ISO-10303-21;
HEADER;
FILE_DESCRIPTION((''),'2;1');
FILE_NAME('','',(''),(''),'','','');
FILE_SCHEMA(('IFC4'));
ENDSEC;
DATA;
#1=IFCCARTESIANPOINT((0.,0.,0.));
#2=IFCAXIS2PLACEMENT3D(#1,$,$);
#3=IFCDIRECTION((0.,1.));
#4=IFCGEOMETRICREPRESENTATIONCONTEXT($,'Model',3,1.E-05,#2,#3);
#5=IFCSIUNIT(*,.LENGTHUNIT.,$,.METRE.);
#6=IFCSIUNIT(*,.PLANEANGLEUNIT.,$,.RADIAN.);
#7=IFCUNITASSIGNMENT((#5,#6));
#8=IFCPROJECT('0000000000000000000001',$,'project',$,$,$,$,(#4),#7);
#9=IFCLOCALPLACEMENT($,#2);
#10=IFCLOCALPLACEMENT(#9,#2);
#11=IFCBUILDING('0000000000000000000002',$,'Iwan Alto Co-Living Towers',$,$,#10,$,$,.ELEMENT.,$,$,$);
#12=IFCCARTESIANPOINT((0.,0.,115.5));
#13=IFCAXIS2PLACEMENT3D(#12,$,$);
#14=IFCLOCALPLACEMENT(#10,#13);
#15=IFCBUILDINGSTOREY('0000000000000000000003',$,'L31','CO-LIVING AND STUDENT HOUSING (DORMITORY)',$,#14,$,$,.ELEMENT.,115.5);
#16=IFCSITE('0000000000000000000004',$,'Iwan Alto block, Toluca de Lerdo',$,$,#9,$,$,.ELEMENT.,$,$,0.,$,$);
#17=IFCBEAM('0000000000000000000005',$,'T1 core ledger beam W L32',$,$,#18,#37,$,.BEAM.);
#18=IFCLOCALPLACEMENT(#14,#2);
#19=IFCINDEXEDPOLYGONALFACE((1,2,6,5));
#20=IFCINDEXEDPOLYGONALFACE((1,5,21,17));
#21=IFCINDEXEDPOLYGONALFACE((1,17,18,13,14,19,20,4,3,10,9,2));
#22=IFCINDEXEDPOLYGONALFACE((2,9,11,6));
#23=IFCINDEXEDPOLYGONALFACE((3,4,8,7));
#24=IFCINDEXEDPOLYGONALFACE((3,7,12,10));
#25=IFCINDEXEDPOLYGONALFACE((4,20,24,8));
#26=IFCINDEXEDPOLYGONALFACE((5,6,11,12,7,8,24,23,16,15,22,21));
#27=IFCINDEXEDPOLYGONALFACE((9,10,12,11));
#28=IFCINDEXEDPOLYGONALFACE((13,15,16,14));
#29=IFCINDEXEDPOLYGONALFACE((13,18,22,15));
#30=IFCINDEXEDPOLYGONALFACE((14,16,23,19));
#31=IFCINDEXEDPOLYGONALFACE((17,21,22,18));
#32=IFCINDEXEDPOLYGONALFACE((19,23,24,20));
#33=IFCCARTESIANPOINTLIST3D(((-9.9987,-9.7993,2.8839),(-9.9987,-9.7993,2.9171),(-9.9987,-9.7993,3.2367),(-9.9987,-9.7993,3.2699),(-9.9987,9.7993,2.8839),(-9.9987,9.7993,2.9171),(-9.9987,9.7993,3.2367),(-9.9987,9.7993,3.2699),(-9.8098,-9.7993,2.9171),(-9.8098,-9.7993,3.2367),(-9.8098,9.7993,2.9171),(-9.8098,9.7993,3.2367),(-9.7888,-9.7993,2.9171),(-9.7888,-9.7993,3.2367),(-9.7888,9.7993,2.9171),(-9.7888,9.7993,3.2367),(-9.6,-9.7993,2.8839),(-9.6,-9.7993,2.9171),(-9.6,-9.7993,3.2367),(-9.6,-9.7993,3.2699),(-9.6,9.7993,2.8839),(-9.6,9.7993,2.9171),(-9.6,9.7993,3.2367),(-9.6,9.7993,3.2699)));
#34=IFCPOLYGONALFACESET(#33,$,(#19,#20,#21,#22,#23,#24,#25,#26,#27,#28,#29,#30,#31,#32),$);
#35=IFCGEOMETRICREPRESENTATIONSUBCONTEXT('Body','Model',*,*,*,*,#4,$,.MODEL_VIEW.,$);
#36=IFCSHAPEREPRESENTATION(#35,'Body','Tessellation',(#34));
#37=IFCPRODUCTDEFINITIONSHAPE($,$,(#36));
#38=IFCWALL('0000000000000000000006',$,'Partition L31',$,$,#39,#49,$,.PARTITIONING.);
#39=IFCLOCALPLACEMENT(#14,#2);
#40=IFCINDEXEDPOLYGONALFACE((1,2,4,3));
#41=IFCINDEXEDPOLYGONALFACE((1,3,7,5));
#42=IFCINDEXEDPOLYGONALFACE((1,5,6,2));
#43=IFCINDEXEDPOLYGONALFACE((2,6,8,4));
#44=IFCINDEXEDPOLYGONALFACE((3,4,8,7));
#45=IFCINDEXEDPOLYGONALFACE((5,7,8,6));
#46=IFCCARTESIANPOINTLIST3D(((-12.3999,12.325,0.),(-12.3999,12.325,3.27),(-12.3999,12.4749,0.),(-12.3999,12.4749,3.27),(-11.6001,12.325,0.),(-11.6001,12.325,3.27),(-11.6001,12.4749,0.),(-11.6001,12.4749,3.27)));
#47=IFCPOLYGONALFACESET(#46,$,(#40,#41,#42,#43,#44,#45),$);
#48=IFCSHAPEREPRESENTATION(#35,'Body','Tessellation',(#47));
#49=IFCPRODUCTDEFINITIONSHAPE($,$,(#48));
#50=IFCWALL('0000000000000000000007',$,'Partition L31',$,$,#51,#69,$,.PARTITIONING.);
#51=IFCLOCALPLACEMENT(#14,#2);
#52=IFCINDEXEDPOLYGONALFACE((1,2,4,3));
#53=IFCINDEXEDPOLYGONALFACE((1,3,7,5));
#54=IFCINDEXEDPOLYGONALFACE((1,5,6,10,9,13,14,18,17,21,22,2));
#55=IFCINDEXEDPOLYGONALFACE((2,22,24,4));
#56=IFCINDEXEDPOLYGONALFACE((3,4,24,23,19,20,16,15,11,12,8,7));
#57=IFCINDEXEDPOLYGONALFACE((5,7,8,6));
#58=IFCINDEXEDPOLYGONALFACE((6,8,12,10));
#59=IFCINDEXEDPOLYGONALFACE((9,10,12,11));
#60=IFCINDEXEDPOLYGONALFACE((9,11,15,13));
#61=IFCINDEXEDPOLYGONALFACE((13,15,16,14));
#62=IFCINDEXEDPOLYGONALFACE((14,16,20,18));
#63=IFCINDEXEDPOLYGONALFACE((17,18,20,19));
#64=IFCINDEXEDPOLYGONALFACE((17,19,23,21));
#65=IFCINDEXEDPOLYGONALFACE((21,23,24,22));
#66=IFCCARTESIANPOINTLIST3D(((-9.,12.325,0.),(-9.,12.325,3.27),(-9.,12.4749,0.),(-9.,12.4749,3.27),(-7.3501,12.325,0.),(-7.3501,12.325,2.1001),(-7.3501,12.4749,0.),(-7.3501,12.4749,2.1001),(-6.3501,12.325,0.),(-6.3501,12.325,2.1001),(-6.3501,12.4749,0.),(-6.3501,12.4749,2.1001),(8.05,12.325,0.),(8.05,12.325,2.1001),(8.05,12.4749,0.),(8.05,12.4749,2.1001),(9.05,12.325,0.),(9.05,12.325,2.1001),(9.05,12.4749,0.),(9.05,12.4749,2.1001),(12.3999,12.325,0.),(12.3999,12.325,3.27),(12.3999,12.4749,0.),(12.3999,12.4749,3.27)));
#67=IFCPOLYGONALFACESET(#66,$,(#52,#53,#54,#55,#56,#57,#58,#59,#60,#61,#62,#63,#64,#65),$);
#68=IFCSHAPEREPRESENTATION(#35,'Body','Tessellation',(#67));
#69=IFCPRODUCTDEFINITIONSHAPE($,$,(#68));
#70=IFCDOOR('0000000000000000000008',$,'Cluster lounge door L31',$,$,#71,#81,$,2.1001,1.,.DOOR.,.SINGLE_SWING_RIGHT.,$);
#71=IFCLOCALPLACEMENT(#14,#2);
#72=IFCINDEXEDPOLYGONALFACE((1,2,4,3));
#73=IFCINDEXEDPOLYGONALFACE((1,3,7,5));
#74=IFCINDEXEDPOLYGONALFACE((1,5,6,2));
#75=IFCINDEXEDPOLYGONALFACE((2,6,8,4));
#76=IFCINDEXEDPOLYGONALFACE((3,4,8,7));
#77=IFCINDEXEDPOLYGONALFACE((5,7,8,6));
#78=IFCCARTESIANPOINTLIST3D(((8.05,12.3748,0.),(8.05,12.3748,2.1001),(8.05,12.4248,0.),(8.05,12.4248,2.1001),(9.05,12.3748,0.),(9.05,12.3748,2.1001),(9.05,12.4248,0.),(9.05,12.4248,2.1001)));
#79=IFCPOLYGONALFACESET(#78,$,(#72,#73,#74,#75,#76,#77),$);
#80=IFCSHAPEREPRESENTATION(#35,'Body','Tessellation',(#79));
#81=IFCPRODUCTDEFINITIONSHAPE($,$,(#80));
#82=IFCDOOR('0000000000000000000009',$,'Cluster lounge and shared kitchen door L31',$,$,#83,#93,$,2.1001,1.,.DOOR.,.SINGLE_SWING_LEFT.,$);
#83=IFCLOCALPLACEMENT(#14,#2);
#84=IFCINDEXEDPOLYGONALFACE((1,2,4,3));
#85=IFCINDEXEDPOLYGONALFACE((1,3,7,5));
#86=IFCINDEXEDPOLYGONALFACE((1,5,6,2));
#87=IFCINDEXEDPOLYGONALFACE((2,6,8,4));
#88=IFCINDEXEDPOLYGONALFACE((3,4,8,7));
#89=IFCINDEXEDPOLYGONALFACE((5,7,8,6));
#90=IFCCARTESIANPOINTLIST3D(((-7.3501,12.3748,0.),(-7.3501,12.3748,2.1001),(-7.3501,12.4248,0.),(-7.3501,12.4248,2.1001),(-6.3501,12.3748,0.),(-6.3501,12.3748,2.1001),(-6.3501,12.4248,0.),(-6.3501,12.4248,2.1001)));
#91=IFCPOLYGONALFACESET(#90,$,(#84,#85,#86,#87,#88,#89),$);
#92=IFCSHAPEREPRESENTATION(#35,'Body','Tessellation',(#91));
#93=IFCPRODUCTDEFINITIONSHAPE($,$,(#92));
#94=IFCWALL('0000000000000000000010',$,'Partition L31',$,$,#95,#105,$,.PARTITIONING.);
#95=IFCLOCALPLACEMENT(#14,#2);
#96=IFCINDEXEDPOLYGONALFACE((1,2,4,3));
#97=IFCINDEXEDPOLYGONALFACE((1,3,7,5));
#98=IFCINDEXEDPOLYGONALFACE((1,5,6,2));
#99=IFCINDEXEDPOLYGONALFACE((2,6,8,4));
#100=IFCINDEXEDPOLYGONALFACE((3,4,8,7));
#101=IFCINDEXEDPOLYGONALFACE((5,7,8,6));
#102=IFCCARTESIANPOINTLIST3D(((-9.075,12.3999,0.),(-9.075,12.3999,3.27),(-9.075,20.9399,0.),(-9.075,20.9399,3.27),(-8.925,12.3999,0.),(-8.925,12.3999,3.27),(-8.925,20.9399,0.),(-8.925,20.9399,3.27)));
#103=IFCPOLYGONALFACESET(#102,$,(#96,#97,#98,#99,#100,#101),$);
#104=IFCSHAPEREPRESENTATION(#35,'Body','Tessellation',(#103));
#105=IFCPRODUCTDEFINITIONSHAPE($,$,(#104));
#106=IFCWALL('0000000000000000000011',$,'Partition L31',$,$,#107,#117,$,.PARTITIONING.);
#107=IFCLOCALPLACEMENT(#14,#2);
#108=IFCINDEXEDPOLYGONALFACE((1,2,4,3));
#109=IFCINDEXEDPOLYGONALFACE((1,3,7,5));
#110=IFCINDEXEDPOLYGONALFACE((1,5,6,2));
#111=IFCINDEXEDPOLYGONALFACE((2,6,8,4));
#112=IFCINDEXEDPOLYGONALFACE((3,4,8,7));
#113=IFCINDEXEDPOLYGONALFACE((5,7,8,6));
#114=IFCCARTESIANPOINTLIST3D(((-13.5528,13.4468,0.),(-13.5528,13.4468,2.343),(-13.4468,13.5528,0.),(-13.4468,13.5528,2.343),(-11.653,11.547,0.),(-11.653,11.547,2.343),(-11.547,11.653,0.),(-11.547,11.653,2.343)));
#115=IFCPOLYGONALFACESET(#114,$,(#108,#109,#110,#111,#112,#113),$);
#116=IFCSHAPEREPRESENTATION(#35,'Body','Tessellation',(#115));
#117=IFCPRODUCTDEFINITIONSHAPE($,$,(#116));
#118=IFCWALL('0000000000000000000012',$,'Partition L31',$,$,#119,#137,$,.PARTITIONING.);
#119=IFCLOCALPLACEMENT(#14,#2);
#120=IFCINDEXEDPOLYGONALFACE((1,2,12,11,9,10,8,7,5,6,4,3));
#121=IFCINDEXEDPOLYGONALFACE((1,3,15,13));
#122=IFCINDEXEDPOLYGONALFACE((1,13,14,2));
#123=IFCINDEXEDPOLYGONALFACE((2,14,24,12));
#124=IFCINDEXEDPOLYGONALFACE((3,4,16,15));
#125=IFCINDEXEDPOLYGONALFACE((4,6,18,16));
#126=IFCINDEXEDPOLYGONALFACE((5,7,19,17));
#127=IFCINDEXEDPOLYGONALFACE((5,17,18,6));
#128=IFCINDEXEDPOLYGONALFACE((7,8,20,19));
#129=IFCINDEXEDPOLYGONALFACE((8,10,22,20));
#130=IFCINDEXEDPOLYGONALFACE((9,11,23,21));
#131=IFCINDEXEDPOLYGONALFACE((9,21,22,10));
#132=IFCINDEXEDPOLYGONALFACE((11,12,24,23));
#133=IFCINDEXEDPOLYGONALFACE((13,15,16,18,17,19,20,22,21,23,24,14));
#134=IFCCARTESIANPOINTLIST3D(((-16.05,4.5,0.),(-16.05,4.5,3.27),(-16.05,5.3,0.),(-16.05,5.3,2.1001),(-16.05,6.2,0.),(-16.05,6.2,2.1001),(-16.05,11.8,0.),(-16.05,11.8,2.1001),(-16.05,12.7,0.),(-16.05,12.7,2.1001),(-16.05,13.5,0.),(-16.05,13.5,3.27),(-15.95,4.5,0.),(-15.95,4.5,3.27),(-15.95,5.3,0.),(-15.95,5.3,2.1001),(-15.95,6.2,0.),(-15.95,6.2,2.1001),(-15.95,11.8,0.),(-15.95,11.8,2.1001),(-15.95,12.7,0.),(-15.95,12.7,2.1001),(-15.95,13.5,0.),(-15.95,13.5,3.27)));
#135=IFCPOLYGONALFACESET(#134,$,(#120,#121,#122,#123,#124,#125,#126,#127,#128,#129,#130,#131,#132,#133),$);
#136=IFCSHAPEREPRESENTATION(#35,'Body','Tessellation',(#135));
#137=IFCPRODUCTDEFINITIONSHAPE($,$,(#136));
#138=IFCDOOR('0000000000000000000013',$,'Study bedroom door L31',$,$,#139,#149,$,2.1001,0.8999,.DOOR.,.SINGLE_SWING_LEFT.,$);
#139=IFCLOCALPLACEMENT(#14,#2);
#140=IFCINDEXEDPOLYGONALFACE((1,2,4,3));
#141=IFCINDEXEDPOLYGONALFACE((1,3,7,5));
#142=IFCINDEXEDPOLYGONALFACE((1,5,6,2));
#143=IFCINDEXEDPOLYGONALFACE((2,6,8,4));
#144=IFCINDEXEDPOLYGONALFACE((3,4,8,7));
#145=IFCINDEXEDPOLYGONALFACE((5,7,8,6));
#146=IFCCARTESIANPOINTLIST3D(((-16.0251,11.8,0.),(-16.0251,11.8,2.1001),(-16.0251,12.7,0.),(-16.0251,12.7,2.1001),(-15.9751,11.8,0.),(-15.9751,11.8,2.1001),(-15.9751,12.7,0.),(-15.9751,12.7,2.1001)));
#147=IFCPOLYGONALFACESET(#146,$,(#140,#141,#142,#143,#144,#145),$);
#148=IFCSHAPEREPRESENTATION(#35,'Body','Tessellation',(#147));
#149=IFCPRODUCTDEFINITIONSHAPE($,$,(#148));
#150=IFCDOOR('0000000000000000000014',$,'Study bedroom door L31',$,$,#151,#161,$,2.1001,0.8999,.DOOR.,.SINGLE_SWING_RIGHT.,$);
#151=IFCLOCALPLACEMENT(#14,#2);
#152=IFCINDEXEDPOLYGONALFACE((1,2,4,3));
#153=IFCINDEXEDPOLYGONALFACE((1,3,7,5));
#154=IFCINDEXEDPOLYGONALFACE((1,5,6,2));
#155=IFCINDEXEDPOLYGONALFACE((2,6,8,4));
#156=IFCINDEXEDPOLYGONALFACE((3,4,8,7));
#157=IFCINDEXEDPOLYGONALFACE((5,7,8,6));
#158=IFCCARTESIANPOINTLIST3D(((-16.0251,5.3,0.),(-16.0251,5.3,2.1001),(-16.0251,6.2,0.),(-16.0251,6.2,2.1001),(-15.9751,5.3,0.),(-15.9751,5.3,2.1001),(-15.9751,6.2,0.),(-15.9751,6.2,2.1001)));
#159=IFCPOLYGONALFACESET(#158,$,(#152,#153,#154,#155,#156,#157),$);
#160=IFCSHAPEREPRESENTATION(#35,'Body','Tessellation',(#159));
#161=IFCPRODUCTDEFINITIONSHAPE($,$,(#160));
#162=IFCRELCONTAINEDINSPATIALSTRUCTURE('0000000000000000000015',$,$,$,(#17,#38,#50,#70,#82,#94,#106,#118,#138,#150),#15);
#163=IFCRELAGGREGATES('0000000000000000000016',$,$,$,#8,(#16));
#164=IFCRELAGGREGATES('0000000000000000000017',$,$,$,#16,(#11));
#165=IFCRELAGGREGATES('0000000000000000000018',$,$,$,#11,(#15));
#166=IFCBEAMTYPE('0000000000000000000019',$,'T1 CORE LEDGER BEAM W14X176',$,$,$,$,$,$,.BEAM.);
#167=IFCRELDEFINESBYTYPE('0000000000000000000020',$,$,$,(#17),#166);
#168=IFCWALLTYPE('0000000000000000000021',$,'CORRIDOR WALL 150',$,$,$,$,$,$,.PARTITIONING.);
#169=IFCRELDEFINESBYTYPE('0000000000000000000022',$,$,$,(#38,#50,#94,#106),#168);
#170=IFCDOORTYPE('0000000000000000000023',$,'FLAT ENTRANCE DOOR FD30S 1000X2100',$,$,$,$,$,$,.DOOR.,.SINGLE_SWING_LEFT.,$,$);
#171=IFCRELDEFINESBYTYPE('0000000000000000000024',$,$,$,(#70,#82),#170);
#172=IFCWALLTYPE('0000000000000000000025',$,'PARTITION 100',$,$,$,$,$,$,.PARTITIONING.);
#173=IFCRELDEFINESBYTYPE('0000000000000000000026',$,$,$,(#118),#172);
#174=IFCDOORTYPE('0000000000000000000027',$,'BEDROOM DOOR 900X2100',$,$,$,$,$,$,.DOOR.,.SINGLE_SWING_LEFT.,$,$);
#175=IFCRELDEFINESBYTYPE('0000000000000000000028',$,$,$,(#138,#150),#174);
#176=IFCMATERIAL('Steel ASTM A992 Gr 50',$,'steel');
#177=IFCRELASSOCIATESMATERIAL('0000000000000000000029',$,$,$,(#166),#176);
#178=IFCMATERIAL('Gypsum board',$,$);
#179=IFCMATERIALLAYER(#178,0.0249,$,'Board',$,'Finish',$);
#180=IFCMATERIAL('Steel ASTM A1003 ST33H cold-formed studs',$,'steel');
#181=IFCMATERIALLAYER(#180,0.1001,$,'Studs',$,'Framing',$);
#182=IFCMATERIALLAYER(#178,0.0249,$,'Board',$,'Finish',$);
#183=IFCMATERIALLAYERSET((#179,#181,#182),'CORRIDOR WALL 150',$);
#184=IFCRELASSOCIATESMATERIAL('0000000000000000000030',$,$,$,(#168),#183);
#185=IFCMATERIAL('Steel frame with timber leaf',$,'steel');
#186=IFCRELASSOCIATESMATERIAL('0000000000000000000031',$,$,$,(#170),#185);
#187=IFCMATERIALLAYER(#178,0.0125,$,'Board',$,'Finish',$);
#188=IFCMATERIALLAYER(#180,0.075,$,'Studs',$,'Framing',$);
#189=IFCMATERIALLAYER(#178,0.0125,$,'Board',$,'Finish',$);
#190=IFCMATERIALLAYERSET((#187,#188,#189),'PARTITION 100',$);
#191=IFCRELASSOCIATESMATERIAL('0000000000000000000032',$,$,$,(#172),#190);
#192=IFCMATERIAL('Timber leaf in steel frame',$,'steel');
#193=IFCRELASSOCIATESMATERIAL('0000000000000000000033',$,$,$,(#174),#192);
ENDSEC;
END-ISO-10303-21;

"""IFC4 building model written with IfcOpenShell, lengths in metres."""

from ifc_helpers import new_model, si_unit, direction, frame, frame_2d, origin, origin_2d, place, context, subcontext, project, spatial, rectangle, i_section, extrude, material, layer, layer_set, material_profile, profile_set, type_object, element, fill, save


model = new_model("IFC4")

# Units and contexts
model_context = context("Model", 3, precision=1e-05, world=origin(), true_north=direction((0.0, 1.0)))
body_context = subcontext(model_context, "Body", "Model", "MODEL_VIEW")
ifc_project = project(units=[si_unit("LENGTHUNIT", "METRE"), si_unit("PLANEANGLEUNIT", "RADIAN")], contexts=[model_context])

# Site, building, storey
site_placement = place(None, origin())
site = spatial("IfcSite", under=ifc_project, at=site_placement, Name="Iwan Alto block, Toluca de Lerdo", CompositionType="ELEMENT", RefElevation=0.0)
building_placement = place(site_placement, origin())
building = spatial("IfcBuilding", under=site, at=building_placement, Name="Iwan Alto Co-Living Towers", CompositionType="ELEMENT")
storey_placement = place(building_placement, frame((0.0, 0.0, 115.5)))
storey = spatial("IfcBuildingStorey", under=building, at=storey_placement, Name="L31", Description="CO-LIVING AND STUDENT HOUSING (DORMITORY)", CompositionType="ELEMENT", Elevation=115.5)

# Beam
ifc_material_1 = material(Name="Steel ASTM A992 Gr 50", Category="steel")
ifc_material_profile = material_profile(ifc_material_1, i_section(OverallWidth=0.3987, OverallDepth=0.386, WebThickness=0.021, FlangeThickness=0.0332, at=origin_2d()), Name="W14X176")
ifc_profile_set = profile_set([ifc_material_profile], Name="Steel ASTM A992 Gr 50")
beam_type = type_object("IfcBeamType", Name="T1 CORE LEDGER BEAM W14X176", PredefinedType="BEAM", material=ifc_profile_set)
beam_placement = place(storey_placement, frame((-9.7993, 9.7993, 3.0769), z_axis=(0.0, -1.0, 0.0), x_axis=(1.0, 0.0, 0.0)))
element("IfcBeam", 1, at=beam_placement, inside=storey, type_object=beam_type, Name="T1 core ledger beam W L32", PredefinedType="BEAM", context=body_context, shape_type="SweptSolid", body=[
    extrude(i_section(OverallWidth=0.3987, OverallDepth=0.386, WebThickness=0.021, FlangeThickness=0.0332, at=origin_2d()), origin(), (0.0, 0.0, 1.0), 19.5986),
])

# Wall
ifc_material_2 = material(Name="Gypsum board")
ifc_layer_1 = layer(ifc_material_2, 0.0249, Name="Board", Category="Finish")
ifc_material_3 = material(Name="Steel ASTM A1003 ST33H cold-formed studs", Category="steel")
ifc_layer_2 = layer(ifc_material_3, 0.1001, Name="Studs", Category="Framing")
ifc_layer_3 = layer(ifc_material_2, 0.0249, Name="Board", Category="Finish")
ifc_layer_set_1 = layer_set([ifc_layer_1, ifc_layer_2, ifc_layer_3], Name="CORRIDOR WALL 150")
wall_type_1 = type_object("IfcWallType", Name="CORRIDOR WALL 150", PredefinedType="PARTITIONING", material=ifc_layer_set_1)
wall_1_placement = place(storey_placement, frame((-12.3999, 12.3999, 0.0), z_axis=(0.0, 0.0, 1.0), x_axis=(1.0, 0.0, 0.0)))
element("IfcWall", 2, at=wall_1_placement, inside=storey, type_object=wall_type_1, Name="Partition L31", PredefinedType="PARTITIONING", context=body_context, shape_type="SweptSolid", body=[
    extrude(rectangle(XDim=0.7998, YDim=0.1499, at=frame_2d((0.3999, 0.0))), origin(), (0.0, 0.0, 1.0), 3.27),
])

# Wall, openings, doors
wall_2_placement = place(storey_placement, frame((-9.0, 12.3999, 0.0), z_axis=(0.0, 0.0, 1.0), x_axis=(1.0, 0.0, 0.0)))
wall_2 = element("IfcWall", 3, at=wall_2_placement, inside=storey, type_object=wall_type_1, Name="Partition L31", PredefinedType="PARTITIONING", context=body_context, shape_type="SweptSolid", body=[
    extrude(rectangle(XDim=21.3999, YDim=0.1499, at=frame_2d((10.7, 0.0))), origin(), (0.0, 0.0, 1.0), 3.27),
])
opening_1_placement = place(wall_2_placement, frame((17.05, 0.0, 0.0)))
opening_1 = element("IfcOpeningElement", 4, at=opening_1_placement, cuts=wall_2, PredefinedType="OPENING", context=body_context, shape_type="SweptSolid", body=[
    extrude(rectangle(XDim=1.0, YDim=2.1001, at=frame_2d((0.5, 1.05))), frame((0.0, 0.085, 0.0), z_axis=(0.0, -1.0, 0.0), x_axis=(1.0, 0.0, 0.0)), (0.0, 0.0, 1.0), 0.1699),
])
opening_2_placement = place(wall_2_placement, frame((1.6499, 0.0, 0.0)))
opening_2 = element("IfcOpeningElement", 5, at=opening_2_placement, cuts=wall_2, PredefinedType="OPENING", context=body_context, shape_type="SweptSolid", body=[
    extrude(rectangle(XDim=1.0, YDim=2.1001, at=frame_2d((0.5, 1.05))), frame((0.0, 0.085, 0.0), z_axis=(0.0, -1.0, 0.0), x_axis=(1.0, 0.0, 0.0)), (0.0, 0.0, 1.0), 0.1699),
])
ifc_material_4 = material(Name="Steel frame with timber leaf", Category="steel")
door_type_1 = type_object("IfcDoorType", Name="FLAT ENTRANCE DOOR FD30S 1000X2100", OperationType="SINGLE_SWING_LEFT", PredefinedType="DOOR", material=ifc_material_4)
door_1_placement = place(opening_1_placement, origin())
door_1 = element("IfcDoor", 6, at=door_1_placement, inside=storey, type_object=door_type_1, Name="Cluster lounge door L31", OperationType="SINGLE_SWING_RIGHT", OverallHeight=2.1001, OverallWidth=1.0, PredefinedType="DOOR", context=body_context, shape_type="SweptSolid", body=[
    extrude(rectangle(XDim=1.0, YDim=2.1001, at=frame_2d((0.5, 1.05))), frame((0.0, 0.0249, 0.0), z_axis=(0.0, -1.0, 0.0), x_axis=(1.0, 0.0, 0.0)), (0.0, 0.0, 1.0), 0.05),
])
fill(opening_1, door_1)
door_2_placement = place(opening_2_placement, origin())
door_2 = element("IfcDoor", 7, at=door_2_placement, inside=storey, type_object=door_type_1, Name="Cluster lounge and shared kitchen door L31", OperationType="SINGLE_SWING_LEFT", OverallHeight=2.1001, OverallWidth=1.0, PredefinedType="DOOR", context=body_context, shape_type="SweptSolid", body=[
    extrude(rectangle(XDim=1.0, YDim=2.1001, at=frame_2d((0.5, 1.05))), frame((0.0, 0.0249, 0.0), z_axis=(0.0, -1.0, 0.0), x_axis=(1.0, 0.0, 0.0)), (0.0, 0.0, 1.0), 0.05),
])
fill(opening_2, door_2)

# Walls
wall_3_placement = place(storey_placement, frame((-9.0, 12.3999, 0.0), z_axis=(0.0, 0.0, 1.0), x_axis=(0.0, 1.0, 0.0)))
element("IfcWall", 8, at=wall_3_placement, inside=storey, type_object=wall_type_1, Name="Partition L31", PredefinedType="PARTITIONING", context=body_context, shape_type="SweptSolid", body=[
    extrude(rectangle(XDim=8.54, YDim=0.1499, at=frame_2d((4.27, 0.0))), origin(), (0.0, 0.0, 1.0), 3.27),
])
wall_4_placement = place(storey_placement, frame((-11.6001, 11.6001, 0.0), z_axis=(0.0, 0.0, 1.0), x_axis=(-0.707107, 0.707107, 0.0)))
element("IfcWall", 9, at=wall_4_placement, inside=storey, type_object=wall_type_1, Name="Partition L31", PredefinedType="PARTITIONING", context=body_context, shape_type="SweptSolid", body=[
    extrude(rectangle(XDim=2.6868, YDim=0.1499, at=frame_2d((1.3433, 0.0))), origin(), (0.0, 0.0, 1.0), 2.343),
])

# Wall, openings, doors
ifc_layer_4 = layer(ifc_material_2, 0.0125, Name="Board", Category="Finish")
ifc_layer_5 = layer(ifc_material_3, 0.075, Name="Studs", Category="Framing")
ifc_layer_6 = layer(ifc_material_2, 0.0125, Name="Board", Category="Finish")
ifc_layer_set_2 = layer_set([ifc_layer_4, ifc_layer_5, ifc_layer_6], Name="PARTITION 100")
wall_type_2 = type_object("IfcWallType", Name="PARTITION 100", PredefinedType="PARTITIONING", material=ifc_layer_set_2)
wall_5_placement = place(storey_placement, frame((-16.0, 4.5, 0.0), z_axis=(0.0, 0.0, 1.0), x_axis=(0.0, 1.0, 0.0)))
wall_5 = element("IfcWall", 10, at=wall_5_placement, inside=storey, type_object=wall_type_2, Name="Partition L31", PredefinedType="PARTITIONING", context=body_context, shape_type="SweptSolid", body=[
    extrude(rectangle(XDim=9.0, YDim=0.1001, at=frame_2d((4.5, 0.0))), origin(), (0.0, 0.0, 1.0), 3.27),
])
opening_3_placement = place(wall_5_placement, frame((7.3, 0.0, 0.0)))
opening_3 = element("IfcOpeningElement", 11, at=opening_3_placement, cuts=wall_5, PredefinedType="OPENING", context=body_context, shape_type="SweptSolid", body=[
    extrude(rectangle(XDim=0.8999, YDim=2.1001, at=frame_2d((0.45, 1.05))), frame((0.0, 0.0601, 0.0), z_axis=(0.0, -1.0, 0.0), x_axis=(1.0, 0.0, 0.0)), (0.0, 0.0, 1.0), 0.1201),
])
opening_4_placement = place(wall_5_placement, frame((0.8, 0.0, 0.0)))
opening_4 = element("IfcOpeningElement", 12, at=opening_4_placement, cuts=wall_5, PredefinedType="OPENING", context=body_context, shape_type="SweptSolid", body=[
    extrude(rectangle(XDim=0.8999, YDim=2.1001, at=frame_2d((0.45, 1.05))), frame((0.0, 0.0601, 0.0), z_axis=(0.0, -1.0, 0.0), x_axis=(1.0, 0.0, 0.0)), (0.0, 0.0, 1.0), 0.1201),
])
ifc_material_5 = material(Name="Timber leaf in steel frame", Category="steel")
door_type_2 = type_object("IfcDoorType", Name="BEDROOM DOOR 900X2100", OperationType="SINGLE_SWING_LEFT", PredefinedType="DOOR", material=ifc_material_5)
door_3_placement = place(opening_3_placement, frame((0.8999, 0.0, 0.0), z_axis=(0.0, 0.0, 1.0), x_axis=(-1.0, 0.0, 0.0)))
door_3 = element("IfcDoor", 13, at=door_3_placement, inside=storey, type_object=door_type_2, Name="Study bedroom door L31", OperationType="SINGLE_SWING_LEFT", OverallHeight=2.1001, OverallWidth=0.8999, PredefinedType="DOOR", context=body_context, shape_type="SweptSolid", body=[
    extrude(rectangle(XDim=0.8999, YDim=2.1001, at=frame_2d((0.45, 1.05))), frame((0.0, 0.0249, 0.0), z_axis=(0.0, -1.0, 0.0), x_axis=(1.0, 0.0, 0.0)), (0.0, 0.0, 1.0), 0.05),
])
fill(opening_3, door_3)
door_4_placement = place(opening_4_placement, frame((0.8999, 0.0, 0.0), z_axis=(0.0, 0.0, 1.0), x_axis=(-1.0, 0.0, 0.0)))
door_4 = element("IfcDoor", 14, at=door_4_placement, inside=storey, type_object=door_type_2, Name="Study bedroom door L31", OperationType="SINGLE_SWING_RIGHT", OverallHeight=2.1001, OverallWidth=0.8999, PredefinedType="DOOR", context=body_context, shape_type="SweptSolid", body=[
    extrude(rectangle(XDim=0.8999, YDim=2.1001, at=frame_2d((0.45, 1.05))), frame((0.0, 0.0249, 0.0), z_axis=(0.0, -1.0, 0.0), x_axis=(1.0, 0.0, 0.0)), (0.0, 0.0, 1.0), 0.05),
])
fill(opening_4, door_4)

save(model, "model.ifc")
